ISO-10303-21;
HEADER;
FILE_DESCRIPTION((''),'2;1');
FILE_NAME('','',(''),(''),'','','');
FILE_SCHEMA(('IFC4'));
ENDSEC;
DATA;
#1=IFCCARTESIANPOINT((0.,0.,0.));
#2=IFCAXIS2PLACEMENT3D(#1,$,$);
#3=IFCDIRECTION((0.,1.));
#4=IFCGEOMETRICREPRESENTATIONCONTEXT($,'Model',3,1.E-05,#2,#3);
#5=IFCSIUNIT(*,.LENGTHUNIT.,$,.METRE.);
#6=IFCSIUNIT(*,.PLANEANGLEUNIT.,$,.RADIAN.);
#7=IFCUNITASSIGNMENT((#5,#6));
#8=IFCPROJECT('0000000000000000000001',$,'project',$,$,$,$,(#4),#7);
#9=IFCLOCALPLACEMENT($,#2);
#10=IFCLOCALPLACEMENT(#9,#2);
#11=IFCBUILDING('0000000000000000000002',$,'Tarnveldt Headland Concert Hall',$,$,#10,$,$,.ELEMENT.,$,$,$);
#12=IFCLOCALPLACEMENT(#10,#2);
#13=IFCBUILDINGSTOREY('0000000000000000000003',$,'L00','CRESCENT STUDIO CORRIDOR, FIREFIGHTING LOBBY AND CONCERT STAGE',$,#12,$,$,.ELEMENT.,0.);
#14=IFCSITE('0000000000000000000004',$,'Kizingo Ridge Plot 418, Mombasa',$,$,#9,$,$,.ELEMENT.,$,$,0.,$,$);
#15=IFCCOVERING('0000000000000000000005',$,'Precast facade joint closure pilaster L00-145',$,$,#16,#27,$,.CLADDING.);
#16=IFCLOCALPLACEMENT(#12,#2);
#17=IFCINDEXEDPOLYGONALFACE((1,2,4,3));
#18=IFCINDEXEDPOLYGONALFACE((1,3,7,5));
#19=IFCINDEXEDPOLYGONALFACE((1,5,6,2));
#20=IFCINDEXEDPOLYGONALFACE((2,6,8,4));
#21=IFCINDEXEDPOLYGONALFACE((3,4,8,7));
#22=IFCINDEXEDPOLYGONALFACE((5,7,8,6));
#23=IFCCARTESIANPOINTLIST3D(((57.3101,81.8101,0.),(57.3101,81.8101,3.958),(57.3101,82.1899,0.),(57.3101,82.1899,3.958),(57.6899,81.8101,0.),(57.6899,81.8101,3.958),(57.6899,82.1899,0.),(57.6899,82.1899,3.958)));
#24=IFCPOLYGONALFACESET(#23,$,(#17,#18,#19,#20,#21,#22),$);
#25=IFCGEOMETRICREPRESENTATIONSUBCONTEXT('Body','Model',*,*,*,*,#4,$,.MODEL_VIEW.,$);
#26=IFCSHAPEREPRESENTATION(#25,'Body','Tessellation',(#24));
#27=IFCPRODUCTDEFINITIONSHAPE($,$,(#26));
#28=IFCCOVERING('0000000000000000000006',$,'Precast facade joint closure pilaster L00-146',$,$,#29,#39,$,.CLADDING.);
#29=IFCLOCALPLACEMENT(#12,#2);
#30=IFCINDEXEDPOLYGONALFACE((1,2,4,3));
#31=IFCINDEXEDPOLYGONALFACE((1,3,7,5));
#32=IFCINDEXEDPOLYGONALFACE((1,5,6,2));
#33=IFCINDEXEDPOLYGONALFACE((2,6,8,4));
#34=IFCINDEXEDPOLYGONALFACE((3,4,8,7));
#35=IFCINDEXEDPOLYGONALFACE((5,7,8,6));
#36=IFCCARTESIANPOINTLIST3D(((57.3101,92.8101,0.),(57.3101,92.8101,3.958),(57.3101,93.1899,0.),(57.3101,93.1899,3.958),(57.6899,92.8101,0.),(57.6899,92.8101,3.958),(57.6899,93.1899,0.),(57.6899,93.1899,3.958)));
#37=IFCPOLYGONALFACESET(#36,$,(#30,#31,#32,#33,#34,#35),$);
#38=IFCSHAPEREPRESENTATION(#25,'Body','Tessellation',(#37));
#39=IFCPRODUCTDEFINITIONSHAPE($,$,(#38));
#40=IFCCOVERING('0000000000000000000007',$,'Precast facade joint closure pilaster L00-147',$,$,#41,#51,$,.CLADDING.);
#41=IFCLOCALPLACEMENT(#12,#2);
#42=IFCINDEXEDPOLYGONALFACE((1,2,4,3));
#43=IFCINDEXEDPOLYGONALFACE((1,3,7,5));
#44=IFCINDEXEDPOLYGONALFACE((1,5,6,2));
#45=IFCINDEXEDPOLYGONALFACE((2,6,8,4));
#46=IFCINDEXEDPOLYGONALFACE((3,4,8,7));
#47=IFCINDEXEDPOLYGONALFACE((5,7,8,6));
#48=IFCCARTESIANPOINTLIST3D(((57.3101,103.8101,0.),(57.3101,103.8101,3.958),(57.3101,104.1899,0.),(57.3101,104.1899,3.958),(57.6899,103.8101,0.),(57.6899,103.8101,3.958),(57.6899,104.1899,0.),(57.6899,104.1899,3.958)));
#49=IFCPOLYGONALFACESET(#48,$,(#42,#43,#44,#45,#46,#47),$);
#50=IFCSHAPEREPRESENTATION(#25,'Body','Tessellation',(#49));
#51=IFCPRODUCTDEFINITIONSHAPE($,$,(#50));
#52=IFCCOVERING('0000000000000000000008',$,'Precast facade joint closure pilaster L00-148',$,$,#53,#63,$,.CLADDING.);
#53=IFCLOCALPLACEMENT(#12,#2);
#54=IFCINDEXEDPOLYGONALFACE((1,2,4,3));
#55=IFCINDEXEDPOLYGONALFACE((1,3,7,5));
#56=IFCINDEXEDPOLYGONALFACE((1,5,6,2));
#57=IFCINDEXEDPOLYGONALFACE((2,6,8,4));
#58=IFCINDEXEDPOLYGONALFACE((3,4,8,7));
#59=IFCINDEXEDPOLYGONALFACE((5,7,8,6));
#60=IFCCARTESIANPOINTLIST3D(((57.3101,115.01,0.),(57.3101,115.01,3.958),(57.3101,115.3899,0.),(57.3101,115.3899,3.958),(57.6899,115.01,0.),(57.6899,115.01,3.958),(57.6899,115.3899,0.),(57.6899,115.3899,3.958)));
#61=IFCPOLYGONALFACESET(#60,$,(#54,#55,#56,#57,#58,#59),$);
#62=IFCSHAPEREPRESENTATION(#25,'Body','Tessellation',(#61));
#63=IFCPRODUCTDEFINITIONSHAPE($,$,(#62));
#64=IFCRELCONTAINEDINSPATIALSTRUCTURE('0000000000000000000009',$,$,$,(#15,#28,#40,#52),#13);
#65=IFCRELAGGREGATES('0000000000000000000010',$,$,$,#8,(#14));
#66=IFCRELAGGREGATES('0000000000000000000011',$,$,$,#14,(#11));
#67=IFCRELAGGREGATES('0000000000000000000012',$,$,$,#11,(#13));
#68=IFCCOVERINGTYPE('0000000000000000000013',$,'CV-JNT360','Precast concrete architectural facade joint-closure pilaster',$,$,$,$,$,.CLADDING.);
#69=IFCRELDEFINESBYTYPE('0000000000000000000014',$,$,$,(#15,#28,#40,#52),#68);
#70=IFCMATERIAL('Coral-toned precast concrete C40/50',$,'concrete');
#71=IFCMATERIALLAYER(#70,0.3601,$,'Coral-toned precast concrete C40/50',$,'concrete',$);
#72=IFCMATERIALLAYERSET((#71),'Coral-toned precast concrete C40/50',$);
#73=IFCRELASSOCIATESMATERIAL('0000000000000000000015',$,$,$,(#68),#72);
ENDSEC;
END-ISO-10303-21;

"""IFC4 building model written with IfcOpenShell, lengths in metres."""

from ifc_helpers import new_model, si_unit, direction, frame, origin, origin_2d, place, context, subcontext, project, spatial, rectangle, extrude, material, layer, layer_set, type_object, element, save


model = new_model("IFC4")

# Units and contexts
model_context = context("Model", 3, precision=1e-05, world=origin(), true_north=direction((0.0, 1.0)))
body_context = subcontext(model_context, "Body", "Model", "MODEL_VIEW")
ifc_project = project(units=[si_unit("LENGTHUNIT", "METRE"), si_unit("PLANEANGLEUNIT", "RADIAN")], contexts=[model_context])

# Site, building, storey
site_placement = place(None, origin())
site = spatial("IfcSite", under=ifc_project, at=site_placement, Name="Kizingo Ridge Plot 418, Mombasa", CompositionType="ELEMENT", RefElevation=0.0)
building_placement = place(site_placement, origin())
building = spatial("IfcBuilding", under=site, at=building_placement, Name="Tarnveldt Headland Concert Hall", CompositionType="ELEMENT")
storey_placement = place(building_placement, origin())
storey = spatial("IfcBuildingStorey", under=building, at=storey_placement, Name="L00", Description="CRESCENT STUDIO CORRIDOR, FIREFIGHTING LOBBY AND CONCERT STAGE", CompositionType="ELEMENT", Elevation=0.0)

# Shared definitions
ifc_material_1 = material(Name="Coral-toned precast concrete C40/50", Category="concrete")

# Coverings
ifc_layer_1 = layer(ifc_material_1, 0.3601, Name="Coral-toned precast concrete C40/50", Category="concrete")
ifc_layer_set_1 = layer_set([ifc_layer_1], Name="Coral-toned precast concrete C40/50")
covering_type = type_object("IfcCoveringType", Name="CV-JNT360", Description="Precast concrete architectural facade joint-closure pilaster", PredefinedType="CLADDING", material=ifc_layer_set_1)
for number, where, z_axis, x_axis, name in (
    (1, (57.5, 82.0, 0.0), (0.0, 0.0, 1.0), (0.0, -1.0, 0.0), "Precast facade joint closure pilaster L00-145"),
    (2, (57.5, 93.0, 0.0), (0.0, 0.0, 1.0), (0.0, -1.0, 0.0), "Precast facade joint closure pilaster L00-146"),
    (3, (57.5, 104.0, 0.0), (0.0, 0.0, 1.0), (0.0, -1.0, 0.0), "Precast facade joint closure pilaster L00-147"),
    (4, (57.5, 115.2, 0.0), (0.0, 0.0, 1.0), (0.0, -1.0, 0.0), "Precast facade joint closure pilaster L00-148"),
):
    element("IfcCovering", number, at=place(storey_placement, frame(where, z_axis=z_axis, x_axis=x_axis)), inside=storey, type_object=covering_type, Name=name, PredefinedType="CLADDING", context=body_context, shape_type="SweptSolid", body=[
        extrude(rectangle(XDim=0.3799, YDim=0.3799, at=origin_2d()), origin(), (0.0, 0.0, 1.0), 3.958),
    ])

save(model, "model.ifc")
